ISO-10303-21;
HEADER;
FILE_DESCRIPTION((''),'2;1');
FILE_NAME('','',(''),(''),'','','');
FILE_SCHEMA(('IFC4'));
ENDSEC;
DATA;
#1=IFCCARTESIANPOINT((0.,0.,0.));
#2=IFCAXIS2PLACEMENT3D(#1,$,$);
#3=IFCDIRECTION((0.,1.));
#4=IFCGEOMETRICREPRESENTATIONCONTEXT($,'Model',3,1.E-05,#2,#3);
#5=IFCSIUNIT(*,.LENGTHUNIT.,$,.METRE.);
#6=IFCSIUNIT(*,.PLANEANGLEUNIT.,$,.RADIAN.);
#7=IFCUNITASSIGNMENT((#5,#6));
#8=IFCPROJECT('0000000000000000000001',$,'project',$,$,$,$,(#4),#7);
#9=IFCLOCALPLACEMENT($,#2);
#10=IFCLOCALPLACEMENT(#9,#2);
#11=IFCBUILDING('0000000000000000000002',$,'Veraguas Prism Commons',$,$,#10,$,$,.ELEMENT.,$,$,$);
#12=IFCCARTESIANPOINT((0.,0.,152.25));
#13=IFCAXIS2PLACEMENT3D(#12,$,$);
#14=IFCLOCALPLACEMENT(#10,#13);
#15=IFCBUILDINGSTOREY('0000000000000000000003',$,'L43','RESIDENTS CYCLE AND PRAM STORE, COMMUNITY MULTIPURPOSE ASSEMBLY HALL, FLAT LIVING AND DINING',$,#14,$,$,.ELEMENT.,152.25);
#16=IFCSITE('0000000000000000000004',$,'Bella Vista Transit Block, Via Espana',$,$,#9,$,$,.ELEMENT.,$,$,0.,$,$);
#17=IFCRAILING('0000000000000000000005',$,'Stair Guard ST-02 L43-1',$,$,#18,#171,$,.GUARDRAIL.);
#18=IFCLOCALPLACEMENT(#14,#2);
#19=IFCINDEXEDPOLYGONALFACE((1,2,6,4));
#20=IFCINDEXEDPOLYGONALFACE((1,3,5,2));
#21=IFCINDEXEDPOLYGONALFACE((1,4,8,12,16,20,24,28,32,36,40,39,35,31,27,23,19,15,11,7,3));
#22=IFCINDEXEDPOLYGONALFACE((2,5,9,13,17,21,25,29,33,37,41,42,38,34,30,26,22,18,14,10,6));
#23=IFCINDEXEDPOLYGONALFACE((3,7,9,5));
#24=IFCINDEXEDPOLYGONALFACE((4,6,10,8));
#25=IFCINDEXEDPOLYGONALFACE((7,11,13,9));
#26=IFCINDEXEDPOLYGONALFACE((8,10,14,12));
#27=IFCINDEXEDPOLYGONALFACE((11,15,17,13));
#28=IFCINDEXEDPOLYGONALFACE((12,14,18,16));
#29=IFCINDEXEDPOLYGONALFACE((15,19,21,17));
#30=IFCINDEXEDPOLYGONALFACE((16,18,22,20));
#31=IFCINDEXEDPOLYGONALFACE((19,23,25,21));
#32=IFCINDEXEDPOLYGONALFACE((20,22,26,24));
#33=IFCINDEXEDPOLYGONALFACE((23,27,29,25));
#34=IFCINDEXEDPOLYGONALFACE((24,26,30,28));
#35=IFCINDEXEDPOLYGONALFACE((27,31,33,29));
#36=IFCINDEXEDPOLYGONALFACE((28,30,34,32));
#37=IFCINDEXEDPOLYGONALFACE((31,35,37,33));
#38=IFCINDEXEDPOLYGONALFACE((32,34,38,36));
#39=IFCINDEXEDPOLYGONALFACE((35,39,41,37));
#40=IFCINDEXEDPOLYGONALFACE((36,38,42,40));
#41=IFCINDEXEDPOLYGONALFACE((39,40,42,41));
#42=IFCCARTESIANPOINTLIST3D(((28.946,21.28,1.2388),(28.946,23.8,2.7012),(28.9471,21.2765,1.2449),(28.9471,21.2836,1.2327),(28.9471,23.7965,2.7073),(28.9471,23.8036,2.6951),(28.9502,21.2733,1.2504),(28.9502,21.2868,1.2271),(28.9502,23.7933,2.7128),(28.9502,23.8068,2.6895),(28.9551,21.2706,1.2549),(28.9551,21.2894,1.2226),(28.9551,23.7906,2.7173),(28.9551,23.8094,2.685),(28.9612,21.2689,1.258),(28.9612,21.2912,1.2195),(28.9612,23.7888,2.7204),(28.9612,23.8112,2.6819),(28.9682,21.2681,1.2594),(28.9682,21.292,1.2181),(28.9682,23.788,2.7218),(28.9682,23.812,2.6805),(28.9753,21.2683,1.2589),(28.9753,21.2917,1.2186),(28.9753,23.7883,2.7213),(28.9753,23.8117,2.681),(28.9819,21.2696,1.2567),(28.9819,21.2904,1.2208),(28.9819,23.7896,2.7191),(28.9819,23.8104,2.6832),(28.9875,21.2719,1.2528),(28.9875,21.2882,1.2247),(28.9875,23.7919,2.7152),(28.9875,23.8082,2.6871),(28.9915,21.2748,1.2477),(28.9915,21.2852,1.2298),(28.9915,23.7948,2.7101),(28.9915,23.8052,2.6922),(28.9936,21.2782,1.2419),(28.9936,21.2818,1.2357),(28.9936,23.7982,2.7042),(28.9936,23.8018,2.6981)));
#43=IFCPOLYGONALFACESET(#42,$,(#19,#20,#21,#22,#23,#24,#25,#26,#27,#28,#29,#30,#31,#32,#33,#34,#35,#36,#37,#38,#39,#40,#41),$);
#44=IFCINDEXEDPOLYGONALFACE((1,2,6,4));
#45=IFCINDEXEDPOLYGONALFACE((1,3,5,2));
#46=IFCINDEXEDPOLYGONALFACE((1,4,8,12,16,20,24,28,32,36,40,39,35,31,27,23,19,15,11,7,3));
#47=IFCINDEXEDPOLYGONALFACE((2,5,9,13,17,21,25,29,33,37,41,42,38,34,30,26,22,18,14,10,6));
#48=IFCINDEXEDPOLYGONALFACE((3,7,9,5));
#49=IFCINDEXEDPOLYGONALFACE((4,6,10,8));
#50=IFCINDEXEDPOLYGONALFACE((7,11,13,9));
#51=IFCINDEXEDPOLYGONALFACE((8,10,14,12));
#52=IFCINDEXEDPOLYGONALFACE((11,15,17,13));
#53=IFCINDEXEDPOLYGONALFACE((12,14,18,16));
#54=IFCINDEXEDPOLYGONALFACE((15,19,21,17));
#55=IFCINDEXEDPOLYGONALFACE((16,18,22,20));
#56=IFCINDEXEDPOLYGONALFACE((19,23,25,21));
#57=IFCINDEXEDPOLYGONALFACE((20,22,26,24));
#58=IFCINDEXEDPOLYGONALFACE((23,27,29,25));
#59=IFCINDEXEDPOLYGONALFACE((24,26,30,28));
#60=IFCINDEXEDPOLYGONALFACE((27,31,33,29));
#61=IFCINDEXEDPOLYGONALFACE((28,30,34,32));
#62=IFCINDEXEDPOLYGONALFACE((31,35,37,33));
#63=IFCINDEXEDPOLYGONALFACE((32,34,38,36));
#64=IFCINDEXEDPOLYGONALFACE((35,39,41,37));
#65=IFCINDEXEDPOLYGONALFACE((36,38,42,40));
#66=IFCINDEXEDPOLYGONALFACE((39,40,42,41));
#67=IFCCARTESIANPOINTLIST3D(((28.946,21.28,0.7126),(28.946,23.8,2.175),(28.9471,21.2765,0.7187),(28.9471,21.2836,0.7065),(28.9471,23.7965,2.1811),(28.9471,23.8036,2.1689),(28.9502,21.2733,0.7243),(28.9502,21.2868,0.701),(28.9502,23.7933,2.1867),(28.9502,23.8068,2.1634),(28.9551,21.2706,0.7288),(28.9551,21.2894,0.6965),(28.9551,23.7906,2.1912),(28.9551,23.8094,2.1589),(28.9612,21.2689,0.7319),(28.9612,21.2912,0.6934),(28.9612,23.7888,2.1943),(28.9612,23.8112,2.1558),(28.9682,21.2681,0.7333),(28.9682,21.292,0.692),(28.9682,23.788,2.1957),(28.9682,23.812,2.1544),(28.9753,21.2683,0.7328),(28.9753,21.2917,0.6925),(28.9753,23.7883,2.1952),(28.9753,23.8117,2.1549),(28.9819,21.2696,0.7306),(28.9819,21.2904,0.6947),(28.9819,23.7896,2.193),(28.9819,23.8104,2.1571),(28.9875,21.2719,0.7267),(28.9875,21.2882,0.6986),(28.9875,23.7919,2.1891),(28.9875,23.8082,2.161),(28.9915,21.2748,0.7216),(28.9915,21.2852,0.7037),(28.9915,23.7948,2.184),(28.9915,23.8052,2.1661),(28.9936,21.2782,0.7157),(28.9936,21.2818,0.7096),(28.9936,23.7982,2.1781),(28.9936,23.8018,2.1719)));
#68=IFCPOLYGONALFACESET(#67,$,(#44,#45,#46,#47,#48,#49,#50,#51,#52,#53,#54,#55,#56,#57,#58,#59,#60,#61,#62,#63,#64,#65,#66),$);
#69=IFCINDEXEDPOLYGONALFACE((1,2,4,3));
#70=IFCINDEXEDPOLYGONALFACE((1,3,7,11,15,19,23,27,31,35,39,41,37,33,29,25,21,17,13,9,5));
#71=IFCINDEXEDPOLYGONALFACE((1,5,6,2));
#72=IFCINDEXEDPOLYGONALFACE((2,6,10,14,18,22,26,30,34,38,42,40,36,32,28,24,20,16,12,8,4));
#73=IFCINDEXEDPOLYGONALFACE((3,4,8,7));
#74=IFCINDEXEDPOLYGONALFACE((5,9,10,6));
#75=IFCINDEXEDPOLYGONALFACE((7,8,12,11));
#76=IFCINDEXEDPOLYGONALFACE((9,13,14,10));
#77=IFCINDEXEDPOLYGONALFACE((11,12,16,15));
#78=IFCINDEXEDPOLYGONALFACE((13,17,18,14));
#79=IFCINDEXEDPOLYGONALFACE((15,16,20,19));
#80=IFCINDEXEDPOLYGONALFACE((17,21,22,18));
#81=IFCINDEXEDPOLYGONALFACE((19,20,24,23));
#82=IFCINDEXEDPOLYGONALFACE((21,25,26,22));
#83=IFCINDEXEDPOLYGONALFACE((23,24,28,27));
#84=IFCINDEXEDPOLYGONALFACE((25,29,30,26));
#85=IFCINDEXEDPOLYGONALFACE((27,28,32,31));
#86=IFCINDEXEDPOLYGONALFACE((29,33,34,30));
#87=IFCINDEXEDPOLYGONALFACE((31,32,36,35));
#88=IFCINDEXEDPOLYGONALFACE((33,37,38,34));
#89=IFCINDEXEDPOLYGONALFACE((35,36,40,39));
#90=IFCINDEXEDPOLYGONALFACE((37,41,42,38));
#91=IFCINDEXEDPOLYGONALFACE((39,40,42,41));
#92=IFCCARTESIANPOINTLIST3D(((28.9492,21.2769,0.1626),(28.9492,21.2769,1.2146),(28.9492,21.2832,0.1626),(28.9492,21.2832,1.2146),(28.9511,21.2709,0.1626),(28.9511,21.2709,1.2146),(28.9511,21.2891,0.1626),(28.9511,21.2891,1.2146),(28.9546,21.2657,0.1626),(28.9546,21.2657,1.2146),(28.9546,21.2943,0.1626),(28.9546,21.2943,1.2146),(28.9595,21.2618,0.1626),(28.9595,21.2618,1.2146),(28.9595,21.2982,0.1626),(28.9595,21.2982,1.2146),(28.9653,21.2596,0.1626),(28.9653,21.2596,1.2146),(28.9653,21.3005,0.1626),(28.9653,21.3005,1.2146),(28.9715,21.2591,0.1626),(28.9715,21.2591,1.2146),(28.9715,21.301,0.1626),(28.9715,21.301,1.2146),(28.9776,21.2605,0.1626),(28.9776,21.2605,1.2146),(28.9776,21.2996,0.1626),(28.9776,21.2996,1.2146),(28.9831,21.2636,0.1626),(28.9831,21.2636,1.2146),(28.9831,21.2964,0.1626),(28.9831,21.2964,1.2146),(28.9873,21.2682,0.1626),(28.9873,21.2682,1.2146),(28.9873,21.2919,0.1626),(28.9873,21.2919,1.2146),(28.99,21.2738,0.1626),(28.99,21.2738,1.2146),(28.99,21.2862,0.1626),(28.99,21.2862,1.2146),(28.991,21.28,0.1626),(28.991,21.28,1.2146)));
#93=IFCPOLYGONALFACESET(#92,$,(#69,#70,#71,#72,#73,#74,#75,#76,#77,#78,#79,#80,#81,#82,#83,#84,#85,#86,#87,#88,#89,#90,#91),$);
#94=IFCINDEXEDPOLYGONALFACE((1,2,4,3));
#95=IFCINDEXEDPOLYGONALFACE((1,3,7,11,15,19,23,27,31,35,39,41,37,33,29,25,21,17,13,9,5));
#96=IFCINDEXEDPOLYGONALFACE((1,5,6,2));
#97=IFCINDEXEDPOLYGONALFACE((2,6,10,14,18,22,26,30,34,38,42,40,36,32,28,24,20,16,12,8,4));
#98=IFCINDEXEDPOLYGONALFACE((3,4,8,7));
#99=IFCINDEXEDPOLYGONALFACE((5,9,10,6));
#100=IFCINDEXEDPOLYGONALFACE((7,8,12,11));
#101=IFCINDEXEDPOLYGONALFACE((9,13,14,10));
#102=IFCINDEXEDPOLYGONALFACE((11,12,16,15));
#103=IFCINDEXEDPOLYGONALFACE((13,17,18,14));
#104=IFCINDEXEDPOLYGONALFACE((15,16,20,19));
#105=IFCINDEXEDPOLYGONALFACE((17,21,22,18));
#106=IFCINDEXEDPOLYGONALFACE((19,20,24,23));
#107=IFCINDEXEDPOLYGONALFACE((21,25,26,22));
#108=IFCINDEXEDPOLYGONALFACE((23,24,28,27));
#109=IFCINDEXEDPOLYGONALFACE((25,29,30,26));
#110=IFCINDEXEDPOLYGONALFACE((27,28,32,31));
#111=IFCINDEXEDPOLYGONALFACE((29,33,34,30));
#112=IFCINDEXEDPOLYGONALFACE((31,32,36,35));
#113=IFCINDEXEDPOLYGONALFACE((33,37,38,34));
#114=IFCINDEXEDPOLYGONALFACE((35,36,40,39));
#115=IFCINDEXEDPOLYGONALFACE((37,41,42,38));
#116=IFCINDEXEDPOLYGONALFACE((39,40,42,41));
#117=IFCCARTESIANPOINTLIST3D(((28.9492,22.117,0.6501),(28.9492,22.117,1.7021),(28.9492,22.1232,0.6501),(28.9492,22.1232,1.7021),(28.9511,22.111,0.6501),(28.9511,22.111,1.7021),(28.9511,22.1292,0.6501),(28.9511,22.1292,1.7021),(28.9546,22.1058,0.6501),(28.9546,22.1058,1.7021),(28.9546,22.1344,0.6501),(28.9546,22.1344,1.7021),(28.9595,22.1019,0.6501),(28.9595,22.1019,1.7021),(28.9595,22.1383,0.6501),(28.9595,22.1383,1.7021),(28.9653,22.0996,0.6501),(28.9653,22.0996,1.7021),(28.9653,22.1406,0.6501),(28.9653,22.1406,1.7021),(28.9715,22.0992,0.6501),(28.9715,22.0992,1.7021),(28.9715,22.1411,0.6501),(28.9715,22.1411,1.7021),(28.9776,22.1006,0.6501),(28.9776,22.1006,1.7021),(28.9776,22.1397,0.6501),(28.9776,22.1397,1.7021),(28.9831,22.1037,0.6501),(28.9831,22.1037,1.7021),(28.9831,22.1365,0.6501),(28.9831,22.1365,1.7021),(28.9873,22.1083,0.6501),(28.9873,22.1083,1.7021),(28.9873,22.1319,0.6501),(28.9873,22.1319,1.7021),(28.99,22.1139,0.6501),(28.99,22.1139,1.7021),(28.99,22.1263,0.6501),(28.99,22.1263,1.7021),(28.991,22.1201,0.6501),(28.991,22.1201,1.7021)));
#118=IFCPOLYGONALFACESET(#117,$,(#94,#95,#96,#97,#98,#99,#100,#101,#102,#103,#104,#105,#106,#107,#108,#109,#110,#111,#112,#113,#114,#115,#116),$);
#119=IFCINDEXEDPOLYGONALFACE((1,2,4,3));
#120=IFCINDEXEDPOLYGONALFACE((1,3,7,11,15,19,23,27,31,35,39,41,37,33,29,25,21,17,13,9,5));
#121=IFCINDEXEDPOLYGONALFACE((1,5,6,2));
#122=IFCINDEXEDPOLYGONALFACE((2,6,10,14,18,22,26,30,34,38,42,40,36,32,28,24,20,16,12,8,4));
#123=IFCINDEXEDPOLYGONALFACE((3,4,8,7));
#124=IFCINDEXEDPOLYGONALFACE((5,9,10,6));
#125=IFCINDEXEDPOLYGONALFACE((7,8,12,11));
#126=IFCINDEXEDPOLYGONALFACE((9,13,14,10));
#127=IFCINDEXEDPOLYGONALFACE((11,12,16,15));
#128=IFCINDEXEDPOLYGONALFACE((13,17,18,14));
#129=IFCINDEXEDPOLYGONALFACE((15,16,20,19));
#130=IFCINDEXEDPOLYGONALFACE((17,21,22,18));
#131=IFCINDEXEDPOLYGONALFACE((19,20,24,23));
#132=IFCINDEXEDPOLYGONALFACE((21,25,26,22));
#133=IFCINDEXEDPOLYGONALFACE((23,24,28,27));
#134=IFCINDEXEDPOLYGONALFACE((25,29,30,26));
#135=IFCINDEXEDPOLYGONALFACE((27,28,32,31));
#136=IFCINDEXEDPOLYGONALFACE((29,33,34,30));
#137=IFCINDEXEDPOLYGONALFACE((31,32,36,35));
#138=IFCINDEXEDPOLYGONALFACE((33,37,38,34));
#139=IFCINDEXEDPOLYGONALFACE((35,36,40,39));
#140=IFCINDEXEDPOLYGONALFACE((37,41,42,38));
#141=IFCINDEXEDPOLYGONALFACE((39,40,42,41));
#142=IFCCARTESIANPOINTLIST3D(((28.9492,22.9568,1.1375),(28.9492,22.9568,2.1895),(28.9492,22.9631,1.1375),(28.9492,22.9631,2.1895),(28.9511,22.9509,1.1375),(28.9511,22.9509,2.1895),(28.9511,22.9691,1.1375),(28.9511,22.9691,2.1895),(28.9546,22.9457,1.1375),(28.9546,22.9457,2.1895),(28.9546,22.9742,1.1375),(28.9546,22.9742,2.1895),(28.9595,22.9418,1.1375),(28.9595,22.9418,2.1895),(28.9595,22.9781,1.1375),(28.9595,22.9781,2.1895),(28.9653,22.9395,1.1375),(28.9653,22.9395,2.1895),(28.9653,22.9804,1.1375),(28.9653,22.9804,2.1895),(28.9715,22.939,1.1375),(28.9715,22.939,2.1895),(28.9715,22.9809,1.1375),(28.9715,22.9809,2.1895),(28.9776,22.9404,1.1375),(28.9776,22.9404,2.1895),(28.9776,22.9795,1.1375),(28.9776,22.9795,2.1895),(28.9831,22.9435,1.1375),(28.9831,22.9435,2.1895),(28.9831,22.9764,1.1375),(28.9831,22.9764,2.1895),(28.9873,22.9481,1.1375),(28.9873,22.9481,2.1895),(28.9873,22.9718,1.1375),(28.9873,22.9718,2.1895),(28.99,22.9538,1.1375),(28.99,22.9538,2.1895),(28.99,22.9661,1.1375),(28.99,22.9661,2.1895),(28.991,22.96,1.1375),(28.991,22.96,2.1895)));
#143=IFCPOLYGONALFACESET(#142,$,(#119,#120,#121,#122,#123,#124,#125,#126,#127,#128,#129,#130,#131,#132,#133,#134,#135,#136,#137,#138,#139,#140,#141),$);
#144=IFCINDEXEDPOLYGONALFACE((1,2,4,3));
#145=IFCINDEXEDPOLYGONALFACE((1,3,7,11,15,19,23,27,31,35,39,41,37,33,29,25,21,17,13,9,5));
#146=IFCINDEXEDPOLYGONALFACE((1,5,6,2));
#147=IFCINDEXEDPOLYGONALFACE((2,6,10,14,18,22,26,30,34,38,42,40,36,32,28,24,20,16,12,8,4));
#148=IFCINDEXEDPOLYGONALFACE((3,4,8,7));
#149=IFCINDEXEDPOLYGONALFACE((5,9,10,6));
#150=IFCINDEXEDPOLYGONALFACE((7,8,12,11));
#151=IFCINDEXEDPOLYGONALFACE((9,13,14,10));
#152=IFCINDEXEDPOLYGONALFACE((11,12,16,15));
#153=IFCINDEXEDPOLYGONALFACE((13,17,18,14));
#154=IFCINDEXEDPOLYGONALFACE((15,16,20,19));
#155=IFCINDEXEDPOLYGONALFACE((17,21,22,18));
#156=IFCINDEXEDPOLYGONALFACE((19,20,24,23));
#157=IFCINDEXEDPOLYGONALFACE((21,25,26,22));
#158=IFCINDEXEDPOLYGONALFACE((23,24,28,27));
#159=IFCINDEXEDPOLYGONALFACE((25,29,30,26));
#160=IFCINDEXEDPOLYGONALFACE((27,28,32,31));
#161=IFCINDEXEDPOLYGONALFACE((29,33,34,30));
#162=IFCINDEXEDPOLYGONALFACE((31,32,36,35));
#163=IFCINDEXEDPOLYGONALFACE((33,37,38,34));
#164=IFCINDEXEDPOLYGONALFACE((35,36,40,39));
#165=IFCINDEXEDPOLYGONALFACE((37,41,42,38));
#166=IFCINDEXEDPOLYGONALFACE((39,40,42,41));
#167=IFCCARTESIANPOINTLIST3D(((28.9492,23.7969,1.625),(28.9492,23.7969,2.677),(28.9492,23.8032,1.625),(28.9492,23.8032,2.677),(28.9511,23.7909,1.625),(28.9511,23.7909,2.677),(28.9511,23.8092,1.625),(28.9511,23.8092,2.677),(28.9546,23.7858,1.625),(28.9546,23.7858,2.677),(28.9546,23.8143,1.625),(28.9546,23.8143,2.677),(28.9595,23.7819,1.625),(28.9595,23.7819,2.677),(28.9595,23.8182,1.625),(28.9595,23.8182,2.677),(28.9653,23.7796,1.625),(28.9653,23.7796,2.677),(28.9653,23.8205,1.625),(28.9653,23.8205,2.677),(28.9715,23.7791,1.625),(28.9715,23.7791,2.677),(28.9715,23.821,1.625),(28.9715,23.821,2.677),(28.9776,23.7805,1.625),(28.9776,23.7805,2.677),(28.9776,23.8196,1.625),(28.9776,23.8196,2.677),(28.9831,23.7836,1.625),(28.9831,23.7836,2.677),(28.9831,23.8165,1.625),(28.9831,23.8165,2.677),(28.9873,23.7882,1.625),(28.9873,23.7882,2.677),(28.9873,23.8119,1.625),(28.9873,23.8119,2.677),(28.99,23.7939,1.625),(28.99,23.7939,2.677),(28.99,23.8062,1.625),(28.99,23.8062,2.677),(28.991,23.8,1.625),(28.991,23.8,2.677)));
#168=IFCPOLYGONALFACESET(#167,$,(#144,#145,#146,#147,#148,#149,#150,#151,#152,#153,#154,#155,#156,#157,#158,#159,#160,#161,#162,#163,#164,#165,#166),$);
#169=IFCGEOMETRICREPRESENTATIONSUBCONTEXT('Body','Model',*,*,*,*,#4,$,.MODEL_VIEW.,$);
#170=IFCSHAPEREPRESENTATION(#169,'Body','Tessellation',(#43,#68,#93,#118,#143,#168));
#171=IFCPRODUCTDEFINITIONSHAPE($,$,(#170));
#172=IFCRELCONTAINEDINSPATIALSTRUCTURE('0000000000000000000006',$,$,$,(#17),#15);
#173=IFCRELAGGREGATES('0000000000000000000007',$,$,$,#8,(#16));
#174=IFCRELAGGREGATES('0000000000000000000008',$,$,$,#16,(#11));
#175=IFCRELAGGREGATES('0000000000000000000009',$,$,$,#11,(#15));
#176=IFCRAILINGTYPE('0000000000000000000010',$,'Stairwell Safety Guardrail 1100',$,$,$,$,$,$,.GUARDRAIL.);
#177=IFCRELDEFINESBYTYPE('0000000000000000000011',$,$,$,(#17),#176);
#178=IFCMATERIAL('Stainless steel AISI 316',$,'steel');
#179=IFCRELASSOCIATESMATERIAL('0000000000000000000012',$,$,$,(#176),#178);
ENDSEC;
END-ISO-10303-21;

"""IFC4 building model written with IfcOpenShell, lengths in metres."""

from ifc_helpers import new_model, si_unit, direction, frame, origin, origin_2d, place, context, subcontext, project, spatial, circle, extrude, material, type_object, element, save


model = new_model("IFC4")

# Units and contexts
model_context = context("Model", 3, precision=1e-05, world=origin(), true_north=direction((0.0, 1.0)))
body_context = subcontext(model_context, "Body", "Model", "MODEL_VIEW")
ifc_project = project(units=[si_unit("LENGTHUNIT", "METRE"), si_unit("PLANEANGLEUNIT", "RADIAN")], contexts=[model_context])

# Site, building, storey
site_placement = place(None, origin())
site = spatial("IfcSite", under=ifc_project, at=site_placement, Name="Bella Vista Transit Block, Via Espana", CompositionType="ELEMENT", RefElevation=0.0)
building_placement = place(site_placement, origin())
building = spatial("IfcBuilding", under=site, at=building_placement, Name="Veraguas Prism Commons", CompositionType="ELEMENT")
storey_placement = place(building_placement, frame((0.0, 0.0, 152.25)))
storey = spatial("IfcBuildingStorey", under=building, at=storey_placement, Name="L43", Description="RESIDENTS CYCLE AND PRAM STORE, COMMUNITY MULTIPURPOSE ASSEMBLY HALL, FLAT LIVING AND DINING", CompositionType="ELEMENT", Elevation=152.25)

# Shared definitions
ifc_material_1 = material(Name="Stainless steel AISI 316", Category="steel")

# Railing
railing_type_1 = type_object("IfcRailingType", Name="Stairwell Safety Guardrail 1100", PredefinedType="GUARDRAIL", material=ifc_material_1)
railing_1_placement = place(storey_placement, frame((28.97, 21.28, 0.1626)))
element("IfcRailing", 1, at=railing_1_placement, inside=storey, type_object=railing_type_1, Name="Stair Guard ST-02 L43-1", PredefinedType="GUARDRAIL", context=body_context, shape_type="SweptSolid", body=[
    extrude(circle(Radius=0.0239, at=origin_2d()), frame((0.0, 0.0, 1.0762), z_axis=(0.0, 0.864913, 0.501921), x_axis=(-1.0, 0.0, 0.0)), (0.0, 0.0, 1.0), 2.9136),
    extrude(circle(Radius=0.0239, at=origin_2d()), frame((0.0, 0.0, 0.55), z_axis=(0.0, 0.864913, 0.501921), x_axis=(-1.0, 0.0, 0.0)), (0.0, 0.0, 1.0), 2.9136),
    extrude(circle(Radius=0.021, at=origin_2d()), origin(), (0.0, 0.0, 1.0), 1.052),
    extrude(circle(Radius=0.021, at=origin_2d()), frame((0.0, 0.8401, 0.4875)), (0.0, 0.0, 1.0), 1.052),
    extrude(circle(Radius=0.021, at=origin_2d()), frame((0.0, 1.6799, 0.9749)), (0.0, 0.0, 1.0), 1.052),
    extrude(circle(Radius=0.021, at=origin_2d()), frame((0.0, 2.52, 1.4624)), (0.0, 0.0, 1.0), 1.052),
])

save(model, "model.ifc")
